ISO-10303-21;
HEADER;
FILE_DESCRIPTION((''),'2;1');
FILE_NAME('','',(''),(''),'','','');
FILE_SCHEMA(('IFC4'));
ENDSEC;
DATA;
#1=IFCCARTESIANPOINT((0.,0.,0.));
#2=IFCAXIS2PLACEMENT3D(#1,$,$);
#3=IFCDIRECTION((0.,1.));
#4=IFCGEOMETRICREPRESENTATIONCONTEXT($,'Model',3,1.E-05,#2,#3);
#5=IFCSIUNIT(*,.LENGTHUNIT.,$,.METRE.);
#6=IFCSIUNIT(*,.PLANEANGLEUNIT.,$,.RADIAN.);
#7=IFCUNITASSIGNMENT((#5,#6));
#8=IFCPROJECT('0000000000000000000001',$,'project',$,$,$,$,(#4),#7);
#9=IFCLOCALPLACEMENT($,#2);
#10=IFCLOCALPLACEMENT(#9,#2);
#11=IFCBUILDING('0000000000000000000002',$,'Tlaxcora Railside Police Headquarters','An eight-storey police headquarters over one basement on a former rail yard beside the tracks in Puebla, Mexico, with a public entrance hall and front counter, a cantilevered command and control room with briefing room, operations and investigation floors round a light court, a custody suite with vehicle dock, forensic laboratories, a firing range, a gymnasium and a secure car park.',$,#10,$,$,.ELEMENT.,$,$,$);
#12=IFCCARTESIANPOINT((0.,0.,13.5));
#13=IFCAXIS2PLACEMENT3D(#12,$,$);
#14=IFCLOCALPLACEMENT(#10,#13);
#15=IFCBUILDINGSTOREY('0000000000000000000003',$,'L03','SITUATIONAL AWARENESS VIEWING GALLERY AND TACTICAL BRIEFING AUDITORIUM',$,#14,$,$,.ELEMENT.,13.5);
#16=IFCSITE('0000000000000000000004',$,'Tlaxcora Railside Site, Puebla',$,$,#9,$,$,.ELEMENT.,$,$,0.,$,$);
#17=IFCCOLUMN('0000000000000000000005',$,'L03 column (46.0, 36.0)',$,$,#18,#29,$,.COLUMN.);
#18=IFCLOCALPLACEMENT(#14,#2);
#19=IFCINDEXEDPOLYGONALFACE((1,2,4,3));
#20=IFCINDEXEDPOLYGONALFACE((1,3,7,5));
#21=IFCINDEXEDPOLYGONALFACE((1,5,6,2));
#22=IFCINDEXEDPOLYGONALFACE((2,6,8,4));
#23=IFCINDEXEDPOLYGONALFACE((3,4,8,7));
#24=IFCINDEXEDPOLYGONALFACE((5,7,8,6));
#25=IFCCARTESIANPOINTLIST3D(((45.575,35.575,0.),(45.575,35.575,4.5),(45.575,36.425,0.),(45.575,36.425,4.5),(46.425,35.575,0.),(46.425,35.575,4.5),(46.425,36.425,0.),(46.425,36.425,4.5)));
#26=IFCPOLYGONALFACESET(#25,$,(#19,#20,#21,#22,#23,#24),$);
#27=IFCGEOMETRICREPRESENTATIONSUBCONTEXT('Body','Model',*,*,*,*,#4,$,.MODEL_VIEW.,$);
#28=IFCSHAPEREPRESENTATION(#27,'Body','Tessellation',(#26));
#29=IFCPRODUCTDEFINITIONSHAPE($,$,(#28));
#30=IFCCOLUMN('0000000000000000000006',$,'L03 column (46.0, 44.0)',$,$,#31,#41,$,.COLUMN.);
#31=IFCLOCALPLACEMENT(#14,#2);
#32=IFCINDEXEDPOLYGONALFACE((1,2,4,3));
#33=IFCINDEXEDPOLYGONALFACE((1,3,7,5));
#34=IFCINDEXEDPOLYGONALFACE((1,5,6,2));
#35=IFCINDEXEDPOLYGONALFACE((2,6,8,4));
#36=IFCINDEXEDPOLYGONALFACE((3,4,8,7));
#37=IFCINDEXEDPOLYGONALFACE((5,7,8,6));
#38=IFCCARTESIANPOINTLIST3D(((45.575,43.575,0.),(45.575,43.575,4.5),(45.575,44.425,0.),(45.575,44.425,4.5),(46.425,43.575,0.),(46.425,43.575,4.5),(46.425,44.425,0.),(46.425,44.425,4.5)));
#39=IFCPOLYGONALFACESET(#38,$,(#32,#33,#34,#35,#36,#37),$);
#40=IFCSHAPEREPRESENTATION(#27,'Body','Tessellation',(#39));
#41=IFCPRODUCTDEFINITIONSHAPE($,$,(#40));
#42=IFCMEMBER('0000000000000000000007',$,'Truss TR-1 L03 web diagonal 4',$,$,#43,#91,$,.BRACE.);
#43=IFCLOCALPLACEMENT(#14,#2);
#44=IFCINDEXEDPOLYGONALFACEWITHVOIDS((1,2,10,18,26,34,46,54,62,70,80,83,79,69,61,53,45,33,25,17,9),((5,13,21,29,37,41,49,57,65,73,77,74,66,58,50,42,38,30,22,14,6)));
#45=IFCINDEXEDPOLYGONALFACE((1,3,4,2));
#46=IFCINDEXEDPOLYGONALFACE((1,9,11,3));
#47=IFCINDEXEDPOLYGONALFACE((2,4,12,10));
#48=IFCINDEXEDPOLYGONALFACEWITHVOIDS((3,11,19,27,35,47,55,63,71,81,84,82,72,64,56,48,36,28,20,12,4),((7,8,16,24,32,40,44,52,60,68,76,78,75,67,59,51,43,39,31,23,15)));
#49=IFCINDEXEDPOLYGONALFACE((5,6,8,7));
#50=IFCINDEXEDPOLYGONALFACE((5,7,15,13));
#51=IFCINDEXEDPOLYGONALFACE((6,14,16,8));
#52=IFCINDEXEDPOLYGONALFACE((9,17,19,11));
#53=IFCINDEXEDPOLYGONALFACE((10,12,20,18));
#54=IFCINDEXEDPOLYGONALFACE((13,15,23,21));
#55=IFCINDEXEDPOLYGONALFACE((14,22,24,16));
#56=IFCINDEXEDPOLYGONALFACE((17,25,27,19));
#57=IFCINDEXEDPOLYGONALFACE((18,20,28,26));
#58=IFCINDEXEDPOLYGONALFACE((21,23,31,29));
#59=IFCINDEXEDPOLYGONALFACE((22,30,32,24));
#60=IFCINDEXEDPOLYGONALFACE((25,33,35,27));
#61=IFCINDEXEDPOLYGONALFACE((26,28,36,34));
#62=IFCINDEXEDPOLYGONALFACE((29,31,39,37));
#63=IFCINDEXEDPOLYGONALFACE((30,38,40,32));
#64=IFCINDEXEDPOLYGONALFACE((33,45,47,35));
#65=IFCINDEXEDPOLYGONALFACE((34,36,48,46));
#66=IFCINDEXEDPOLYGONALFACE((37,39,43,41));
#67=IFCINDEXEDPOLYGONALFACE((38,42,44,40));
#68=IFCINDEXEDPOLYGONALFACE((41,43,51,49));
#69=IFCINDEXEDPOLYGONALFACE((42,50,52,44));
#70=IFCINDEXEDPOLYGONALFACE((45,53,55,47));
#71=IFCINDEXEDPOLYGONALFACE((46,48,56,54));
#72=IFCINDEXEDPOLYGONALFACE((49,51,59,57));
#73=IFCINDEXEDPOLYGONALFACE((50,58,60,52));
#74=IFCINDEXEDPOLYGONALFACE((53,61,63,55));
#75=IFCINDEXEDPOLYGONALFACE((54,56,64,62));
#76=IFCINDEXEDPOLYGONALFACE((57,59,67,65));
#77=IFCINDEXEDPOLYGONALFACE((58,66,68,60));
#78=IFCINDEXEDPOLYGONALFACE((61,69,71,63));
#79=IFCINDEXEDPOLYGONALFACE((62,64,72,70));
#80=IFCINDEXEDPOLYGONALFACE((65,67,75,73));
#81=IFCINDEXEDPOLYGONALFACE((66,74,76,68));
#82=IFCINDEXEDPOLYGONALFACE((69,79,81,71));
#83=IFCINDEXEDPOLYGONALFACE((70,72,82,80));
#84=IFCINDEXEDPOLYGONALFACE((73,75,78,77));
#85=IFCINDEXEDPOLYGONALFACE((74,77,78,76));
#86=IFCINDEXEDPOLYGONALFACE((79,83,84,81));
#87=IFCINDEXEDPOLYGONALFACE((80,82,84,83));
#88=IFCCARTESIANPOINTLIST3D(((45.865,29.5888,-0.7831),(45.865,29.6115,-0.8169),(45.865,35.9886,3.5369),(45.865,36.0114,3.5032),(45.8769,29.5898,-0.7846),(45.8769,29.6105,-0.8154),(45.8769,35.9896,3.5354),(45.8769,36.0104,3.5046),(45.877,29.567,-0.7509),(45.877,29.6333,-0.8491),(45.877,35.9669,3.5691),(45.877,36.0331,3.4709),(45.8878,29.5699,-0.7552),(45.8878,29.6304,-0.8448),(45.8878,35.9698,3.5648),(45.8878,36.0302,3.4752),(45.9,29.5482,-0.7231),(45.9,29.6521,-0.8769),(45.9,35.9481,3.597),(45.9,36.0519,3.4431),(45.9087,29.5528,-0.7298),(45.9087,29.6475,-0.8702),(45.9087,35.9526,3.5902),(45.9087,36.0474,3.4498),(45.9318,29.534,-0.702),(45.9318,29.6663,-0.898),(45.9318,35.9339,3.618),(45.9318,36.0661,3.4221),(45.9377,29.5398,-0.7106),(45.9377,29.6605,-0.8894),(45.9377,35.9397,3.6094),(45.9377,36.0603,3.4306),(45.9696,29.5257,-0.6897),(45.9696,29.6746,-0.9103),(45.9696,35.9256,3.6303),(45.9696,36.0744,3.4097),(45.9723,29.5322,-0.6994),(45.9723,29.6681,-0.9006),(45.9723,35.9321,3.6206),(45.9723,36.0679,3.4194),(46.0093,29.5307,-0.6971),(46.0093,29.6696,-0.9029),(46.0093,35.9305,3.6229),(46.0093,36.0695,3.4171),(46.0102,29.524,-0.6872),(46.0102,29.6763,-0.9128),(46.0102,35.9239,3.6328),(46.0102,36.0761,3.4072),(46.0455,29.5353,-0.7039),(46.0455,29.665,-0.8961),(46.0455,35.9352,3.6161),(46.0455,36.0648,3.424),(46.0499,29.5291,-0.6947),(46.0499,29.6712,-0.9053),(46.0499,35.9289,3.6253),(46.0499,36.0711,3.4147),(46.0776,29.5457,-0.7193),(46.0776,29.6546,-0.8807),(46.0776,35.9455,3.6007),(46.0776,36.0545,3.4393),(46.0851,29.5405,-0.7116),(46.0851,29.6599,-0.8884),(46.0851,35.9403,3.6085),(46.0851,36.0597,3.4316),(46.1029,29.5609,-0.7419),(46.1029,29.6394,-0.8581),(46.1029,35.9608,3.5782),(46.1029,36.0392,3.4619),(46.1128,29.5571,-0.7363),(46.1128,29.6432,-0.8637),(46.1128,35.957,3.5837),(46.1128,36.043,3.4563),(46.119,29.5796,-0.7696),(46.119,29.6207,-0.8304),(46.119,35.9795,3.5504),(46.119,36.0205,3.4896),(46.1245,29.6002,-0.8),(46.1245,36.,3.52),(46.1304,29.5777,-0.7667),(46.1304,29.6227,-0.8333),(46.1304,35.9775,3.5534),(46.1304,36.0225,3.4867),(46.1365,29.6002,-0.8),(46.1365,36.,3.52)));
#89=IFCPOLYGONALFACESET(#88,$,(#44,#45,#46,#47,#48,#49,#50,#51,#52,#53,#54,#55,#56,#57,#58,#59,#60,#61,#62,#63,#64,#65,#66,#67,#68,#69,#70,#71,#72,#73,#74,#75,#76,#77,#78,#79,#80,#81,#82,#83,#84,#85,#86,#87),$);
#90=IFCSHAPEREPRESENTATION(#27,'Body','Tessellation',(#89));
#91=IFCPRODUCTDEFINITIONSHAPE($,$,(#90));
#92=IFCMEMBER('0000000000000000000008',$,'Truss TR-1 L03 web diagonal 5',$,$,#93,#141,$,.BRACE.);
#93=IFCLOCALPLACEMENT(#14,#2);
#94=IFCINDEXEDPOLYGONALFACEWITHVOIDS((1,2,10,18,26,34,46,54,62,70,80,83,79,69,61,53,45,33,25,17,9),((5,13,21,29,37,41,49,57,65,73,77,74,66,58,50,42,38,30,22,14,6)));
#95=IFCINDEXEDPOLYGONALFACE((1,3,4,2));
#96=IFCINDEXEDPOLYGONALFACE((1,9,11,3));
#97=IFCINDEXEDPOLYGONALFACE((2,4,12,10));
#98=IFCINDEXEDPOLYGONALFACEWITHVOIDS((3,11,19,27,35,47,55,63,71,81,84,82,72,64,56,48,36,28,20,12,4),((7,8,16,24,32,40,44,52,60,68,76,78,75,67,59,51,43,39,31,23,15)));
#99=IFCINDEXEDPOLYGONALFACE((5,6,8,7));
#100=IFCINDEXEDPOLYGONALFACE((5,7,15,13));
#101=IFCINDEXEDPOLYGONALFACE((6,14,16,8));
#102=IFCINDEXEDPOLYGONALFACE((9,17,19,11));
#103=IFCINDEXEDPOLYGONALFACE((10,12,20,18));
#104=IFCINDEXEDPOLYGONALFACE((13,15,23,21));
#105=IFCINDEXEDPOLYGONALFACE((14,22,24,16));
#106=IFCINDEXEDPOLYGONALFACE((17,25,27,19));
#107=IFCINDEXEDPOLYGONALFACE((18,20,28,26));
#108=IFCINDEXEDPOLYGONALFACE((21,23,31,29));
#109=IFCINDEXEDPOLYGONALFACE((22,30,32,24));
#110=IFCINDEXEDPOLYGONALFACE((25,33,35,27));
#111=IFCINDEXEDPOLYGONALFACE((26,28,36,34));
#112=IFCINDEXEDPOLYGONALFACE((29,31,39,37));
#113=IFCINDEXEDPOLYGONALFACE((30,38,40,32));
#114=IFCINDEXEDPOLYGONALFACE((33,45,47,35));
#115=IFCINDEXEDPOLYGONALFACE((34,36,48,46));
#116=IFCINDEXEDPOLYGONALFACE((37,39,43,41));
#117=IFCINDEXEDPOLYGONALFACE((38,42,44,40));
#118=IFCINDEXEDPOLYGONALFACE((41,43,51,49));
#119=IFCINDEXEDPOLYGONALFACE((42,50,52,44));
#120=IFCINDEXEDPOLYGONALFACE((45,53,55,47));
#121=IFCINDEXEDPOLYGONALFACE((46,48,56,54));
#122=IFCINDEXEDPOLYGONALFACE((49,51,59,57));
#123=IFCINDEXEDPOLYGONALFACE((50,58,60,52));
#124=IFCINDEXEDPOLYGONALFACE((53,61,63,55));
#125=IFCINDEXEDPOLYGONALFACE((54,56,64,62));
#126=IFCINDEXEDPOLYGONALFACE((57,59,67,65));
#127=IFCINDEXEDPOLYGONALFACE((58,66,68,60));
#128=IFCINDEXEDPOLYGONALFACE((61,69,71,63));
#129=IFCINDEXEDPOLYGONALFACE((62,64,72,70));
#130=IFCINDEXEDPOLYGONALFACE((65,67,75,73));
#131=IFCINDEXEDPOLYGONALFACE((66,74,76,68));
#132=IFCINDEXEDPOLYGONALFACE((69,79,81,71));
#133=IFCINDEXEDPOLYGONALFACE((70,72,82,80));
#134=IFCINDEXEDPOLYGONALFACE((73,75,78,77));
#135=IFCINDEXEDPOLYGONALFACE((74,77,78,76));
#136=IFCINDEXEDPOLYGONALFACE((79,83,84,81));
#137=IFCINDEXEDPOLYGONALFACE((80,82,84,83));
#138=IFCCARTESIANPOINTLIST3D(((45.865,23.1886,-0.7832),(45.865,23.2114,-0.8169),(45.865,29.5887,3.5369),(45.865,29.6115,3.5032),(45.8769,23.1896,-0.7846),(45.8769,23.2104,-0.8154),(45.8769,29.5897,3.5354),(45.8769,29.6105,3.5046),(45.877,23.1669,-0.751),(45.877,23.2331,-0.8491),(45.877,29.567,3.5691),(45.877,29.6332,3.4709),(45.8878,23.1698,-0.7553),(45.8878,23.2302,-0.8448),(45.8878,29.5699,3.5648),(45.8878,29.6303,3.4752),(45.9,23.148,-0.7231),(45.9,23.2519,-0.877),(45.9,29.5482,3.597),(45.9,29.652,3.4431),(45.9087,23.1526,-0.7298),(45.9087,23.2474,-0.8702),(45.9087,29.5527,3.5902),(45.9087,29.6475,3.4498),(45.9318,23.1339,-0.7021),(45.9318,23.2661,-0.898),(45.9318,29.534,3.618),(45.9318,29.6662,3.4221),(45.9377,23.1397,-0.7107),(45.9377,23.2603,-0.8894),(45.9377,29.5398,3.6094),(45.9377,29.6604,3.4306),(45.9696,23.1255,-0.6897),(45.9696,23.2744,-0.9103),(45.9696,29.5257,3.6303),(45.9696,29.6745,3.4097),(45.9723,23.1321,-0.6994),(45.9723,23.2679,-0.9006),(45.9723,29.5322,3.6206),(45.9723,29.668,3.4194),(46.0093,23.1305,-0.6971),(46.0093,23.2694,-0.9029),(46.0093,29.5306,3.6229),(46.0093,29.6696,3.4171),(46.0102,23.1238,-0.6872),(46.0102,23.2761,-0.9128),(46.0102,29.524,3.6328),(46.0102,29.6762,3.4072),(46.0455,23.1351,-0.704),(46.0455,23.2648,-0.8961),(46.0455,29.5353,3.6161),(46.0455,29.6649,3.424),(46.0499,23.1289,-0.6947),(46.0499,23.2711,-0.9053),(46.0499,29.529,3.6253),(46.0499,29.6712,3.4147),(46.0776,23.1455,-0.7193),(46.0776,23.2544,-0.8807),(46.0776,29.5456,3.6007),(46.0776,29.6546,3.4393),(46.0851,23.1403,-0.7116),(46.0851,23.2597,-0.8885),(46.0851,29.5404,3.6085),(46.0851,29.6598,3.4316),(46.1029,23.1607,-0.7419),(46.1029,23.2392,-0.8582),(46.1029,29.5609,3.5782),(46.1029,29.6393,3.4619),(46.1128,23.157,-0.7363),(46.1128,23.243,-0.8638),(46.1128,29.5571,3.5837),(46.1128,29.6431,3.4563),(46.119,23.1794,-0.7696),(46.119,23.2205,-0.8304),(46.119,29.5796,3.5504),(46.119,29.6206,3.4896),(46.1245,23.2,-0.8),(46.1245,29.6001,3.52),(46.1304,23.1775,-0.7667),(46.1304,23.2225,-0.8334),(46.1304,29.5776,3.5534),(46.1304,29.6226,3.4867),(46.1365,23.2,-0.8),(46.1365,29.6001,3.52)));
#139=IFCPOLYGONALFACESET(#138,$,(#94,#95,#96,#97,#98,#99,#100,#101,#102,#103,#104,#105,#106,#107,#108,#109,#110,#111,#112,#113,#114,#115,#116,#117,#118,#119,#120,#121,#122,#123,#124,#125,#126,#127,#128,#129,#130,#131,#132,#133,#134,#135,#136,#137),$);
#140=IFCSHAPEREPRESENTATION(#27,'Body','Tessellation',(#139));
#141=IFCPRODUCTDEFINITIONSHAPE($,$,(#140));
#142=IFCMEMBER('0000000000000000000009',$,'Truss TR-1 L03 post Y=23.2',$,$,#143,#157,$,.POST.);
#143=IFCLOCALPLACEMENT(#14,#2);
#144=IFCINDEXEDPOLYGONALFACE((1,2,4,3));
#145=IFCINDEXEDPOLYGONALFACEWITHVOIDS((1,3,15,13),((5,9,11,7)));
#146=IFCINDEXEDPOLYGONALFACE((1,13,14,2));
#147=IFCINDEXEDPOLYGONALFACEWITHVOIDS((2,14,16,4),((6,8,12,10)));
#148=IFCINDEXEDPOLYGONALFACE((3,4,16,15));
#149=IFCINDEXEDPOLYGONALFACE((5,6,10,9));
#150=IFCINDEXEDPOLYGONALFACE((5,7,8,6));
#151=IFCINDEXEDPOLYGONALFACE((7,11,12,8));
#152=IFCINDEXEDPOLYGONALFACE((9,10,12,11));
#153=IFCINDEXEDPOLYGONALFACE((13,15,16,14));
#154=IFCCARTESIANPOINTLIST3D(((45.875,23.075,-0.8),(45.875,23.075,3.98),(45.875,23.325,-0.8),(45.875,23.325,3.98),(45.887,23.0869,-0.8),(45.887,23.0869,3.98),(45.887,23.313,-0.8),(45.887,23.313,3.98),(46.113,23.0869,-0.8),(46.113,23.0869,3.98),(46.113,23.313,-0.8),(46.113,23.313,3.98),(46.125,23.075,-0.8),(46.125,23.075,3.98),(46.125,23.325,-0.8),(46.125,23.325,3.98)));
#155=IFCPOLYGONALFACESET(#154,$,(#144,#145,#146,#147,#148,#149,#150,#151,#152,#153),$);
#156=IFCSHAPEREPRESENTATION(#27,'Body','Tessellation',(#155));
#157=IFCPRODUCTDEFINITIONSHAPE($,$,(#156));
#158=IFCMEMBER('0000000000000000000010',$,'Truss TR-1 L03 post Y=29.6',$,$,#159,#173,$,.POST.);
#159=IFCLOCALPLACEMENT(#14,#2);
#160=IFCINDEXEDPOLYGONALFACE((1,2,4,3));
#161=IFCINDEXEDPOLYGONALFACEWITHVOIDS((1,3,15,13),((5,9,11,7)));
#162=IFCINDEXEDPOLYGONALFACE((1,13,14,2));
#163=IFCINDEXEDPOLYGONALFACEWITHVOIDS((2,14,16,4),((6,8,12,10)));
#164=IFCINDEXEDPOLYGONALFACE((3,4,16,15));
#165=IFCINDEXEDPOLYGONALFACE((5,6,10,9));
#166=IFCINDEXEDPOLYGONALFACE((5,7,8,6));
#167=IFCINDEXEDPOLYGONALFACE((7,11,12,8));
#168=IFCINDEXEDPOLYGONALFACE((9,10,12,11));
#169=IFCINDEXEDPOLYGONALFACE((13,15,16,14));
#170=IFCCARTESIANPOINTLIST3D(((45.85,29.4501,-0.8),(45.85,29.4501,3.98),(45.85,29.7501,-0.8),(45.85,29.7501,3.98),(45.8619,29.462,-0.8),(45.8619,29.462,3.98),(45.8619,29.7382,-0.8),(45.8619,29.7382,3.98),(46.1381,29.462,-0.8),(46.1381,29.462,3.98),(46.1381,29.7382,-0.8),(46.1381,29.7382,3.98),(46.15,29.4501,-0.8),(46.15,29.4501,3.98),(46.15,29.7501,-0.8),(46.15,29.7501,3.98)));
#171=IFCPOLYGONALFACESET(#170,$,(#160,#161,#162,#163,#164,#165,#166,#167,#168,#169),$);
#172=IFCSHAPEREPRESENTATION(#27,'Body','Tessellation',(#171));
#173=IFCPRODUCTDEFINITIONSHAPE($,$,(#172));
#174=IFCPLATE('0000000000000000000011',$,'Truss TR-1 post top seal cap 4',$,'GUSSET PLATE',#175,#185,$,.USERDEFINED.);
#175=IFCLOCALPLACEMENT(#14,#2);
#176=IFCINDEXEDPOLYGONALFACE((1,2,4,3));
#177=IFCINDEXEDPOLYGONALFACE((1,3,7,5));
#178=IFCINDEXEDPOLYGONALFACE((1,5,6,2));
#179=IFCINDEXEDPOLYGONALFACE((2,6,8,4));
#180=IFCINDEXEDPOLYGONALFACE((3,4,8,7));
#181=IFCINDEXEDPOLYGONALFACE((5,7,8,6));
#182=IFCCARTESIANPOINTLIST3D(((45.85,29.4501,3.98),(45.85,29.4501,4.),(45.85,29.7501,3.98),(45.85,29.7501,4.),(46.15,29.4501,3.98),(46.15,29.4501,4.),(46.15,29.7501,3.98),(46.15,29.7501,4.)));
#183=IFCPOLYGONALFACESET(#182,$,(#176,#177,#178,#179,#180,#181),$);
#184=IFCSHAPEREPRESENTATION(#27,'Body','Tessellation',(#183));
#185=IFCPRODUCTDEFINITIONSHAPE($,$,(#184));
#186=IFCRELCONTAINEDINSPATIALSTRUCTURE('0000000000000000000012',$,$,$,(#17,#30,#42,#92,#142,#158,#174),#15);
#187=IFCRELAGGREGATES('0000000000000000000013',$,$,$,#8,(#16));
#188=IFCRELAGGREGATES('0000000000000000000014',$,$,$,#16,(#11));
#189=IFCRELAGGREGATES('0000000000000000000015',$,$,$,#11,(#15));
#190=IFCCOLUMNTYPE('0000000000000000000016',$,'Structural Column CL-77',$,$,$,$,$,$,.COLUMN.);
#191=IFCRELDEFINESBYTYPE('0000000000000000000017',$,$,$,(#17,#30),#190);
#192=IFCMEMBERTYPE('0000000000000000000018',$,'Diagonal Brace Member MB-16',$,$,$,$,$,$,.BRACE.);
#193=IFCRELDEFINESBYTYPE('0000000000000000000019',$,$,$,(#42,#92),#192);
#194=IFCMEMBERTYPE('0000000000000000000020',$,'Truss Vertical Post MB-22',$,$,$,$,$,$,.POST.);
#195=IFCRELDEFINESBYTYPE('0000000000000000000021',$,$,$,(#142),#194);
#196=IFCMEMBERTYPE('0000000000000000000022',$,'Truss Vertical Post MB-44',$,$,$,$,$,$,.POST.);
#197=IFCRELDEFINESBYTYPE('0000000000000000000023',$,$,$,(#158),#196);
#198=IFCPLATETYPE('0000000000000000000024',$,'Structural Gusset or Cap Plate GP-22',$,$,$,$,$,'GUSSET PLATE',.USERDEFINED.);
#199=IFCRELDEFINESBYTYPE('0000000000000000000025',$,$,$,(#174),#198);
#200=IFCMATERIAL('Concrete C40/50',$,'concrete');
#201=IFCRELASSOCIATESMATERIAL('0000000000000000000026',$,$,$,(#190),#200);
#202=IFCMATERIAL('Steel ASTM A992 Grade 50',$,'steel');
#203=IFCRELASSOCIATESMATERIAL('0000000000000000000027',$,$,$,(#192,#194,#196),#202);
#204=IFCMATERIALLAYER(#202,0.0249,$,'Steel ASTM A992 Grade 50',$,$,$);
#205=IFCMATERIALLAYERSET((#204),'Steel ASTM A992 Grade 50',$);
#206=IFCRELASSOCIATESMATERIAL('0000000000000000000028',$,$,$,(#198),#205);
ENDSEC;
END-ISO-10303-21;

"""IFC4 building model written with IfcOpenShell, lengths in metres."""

from ifc_helpers import new_model, si_unit, direction, frame, origin, origin_2d, place, context, subcontext, project, spatial, rectangle, hollow_rectangle, hollow_circle, extrude, material, layer, layer_set, material_profile, profile_set, type_object, element, save


model = new_model("IFC4")

# Units and contexts
model_context = context("Model", 3, precision=1e-05, world=origin(), true_north=direction((0.0, 1.0)))
body_context = subcontext(model_context, "Body", "Model", "MODEL_VIEW")
ifc_project = project(units=[si_unit("LENGTHUNIT", "METRE"), si_unit("PLANEANGLEUNIT", "RADIAN")], contexts=[model_context])

# Site, building, storey
site_placement = place(None, origin())
site = spatial("IfcSite", under=ifc_project, at=site_placement, Name="Tlaxcora Railside Site, Puebla", CompositionType="ELEMENT", RefElevation=0.0)
building_placement = place(site_placement, origin())
building = spatial("IfcBuilding", under=site, at=building_placement, Name="Tlaxcora Railside Police Headquarters", Description="An eight-storey police headquarters over one basement on a former rail yard beside the tracks in Puebla, Mexico, with a public entrance hall and front counter, a cantilevered command and control room with briefing room, operations and investigation floors round a light court, a custody suite with vehicle dock, forensic laboratories, a firing range, a gymnasium and a secure car park.", CompositionType="ELEMENT")
storey_placement = place(building_placement, frame((0.0, 0.0, 13.5)))
storey = spatial("IfcBuildingStorey", under=building, at=storey_placement, Name="L03", Description="SITUATIONAL AWARENESS VIEWING GALLERY AND TACTICAL BRIEFING AUDITORIUM", CompositionType="ELEMENT", Elevation=13.5)

# Columns
ifc_material_1 = material(Name="Concrete C40/50", Category="concrete")
ifc_material_profile_1 = material_profile(ifc_material_1, rectangle(XDim=0.8501, YDim=0.8501, at=origin_2d()), Name="RC850X850")
ifc_profile_set_1 = profile_set([ifc_material_profile_1], Name="Concrete C40/50")
column_type = type_object("IfcColumnType", Name="Structural Column CL-77", PredefinedType="COLUMN", material=ifc_profile_set_1)
for number, where, z_axis, x_axis, name in (
    (1, (46.0, 36.0, 0.0), (0.0, 0.0, 1.0), (1.0, 0.0, 0.0), "L03 column (46.0, 36.0)"),
    (2, (46.0, 44.0, 0.0), (0.0, 0.0, 1.0), (1.0, 0.0, 0.0), "L03 column (46.0, 44.0)"),
):
    element("IfcColumn", number, at=place(storey_placement, frame(where, z_axis=z_axis, x_axis=x_axis)), inside=storey, type_object=column_type, Name=name, PredefinedType="COLUMN", context=body_context, shape_type="SweptSolid", body=[
        extrude(rectangle(XDim=0.8501, YDim=0.8501, at=origin_2d()), origin(), (0.0, 0.0, 1.0), 4.5),
    ])

# Members
ifc_material_2 = material(Name="Steel ASTM A992 Grade 50", Category="steel")
ifc_material_profile_2 = material_profile(ifc_material_2, hollow_circle(Radius=0.1365, WallThickness=0.012, at=origin_2d()), Name="CHS273X12")
ifc_profile_set_2 = profile_set([ifc_material_profile_2], Name="Steel ASTM A992 Grade 50")
member_type_1 = type_object("IfcMemberType", Name="Diagonal Brace Member MB-16", PredefinedType="BRACE", material=ifc_profile_set_2)
member_1_placement = place(storey_placement, frame((46.0, 36.0, 3.52), z_axis=(0.0, -0.828841, -0.559485), x_axis=(1.0, 0.0, 0.0)))
element("IfcMember", 3, at=member_1_placement, inside=storey, type_object=member_type_1, Name="Truss TR-1 L03 web diagonal 4", PredefinedType="BRACE", context=body_context, shape_type="SweptSolid", body=[
    extrude(hollow_circle(Radius=0.1365, WallThickness=0.012, at=origin_2d()), origin(), (0.0, 0.0, 1.0), 7.7214),
])
member_2_placement = place(storey_placement, frame((46.0, 29.6001, 3.52), z_axis=(0.0, -0.828851, -0.55947), x_axis=(1.0, 0.0, 0.0)))
element("IfcMember", 4, at=member_2_placement, inside=storey, type_object=member_type_1, Name="Truss TR-1 L03 web diagonal 5", PredefinedType="BRACE", context=body_context, shape_type="SweptSolid", body=[
    extrude(hollow_circle(Radius=0.1365, WallThickness=0.012, at=origin_2d()), origin(), (0.0, 0.0, 1.0), 7.7217),
])
ifc_material_profile_3 = material_profile(ifc_material_2, hollow_rectangle(XDim=0.25, YDim=0.25, WallThickness=0.012, at=origin_2d()), Name="HSS250X250X12")
ifc_profile_set_3 = profile_set([ifc_material_profile_3], Name="Steel ASTM A992 Grade 50")
member_type_2 = type_object("IfcMemberType", Name="Truss Vertical Post MB-22", PredefinedType="POST", material=ifc_profile_set_3)
member_3_placement = place(storey_placement, frame((46.0, 23.2, -0.8), z_axis=(0.0, 0.0, 1.0), x_axis=(1.0, 0.0, 0.0)))
element("IfcMember", 5, at=member_3_placement, inside=storey, type_object=member_type_2, Name="Truss TR-1 L03 post Y=23.2", PredefinedType="POST", context=body_context, shape_type="SweptSolid", body=[
    extrude(hollow_rectangle(XDim=0.25, YDim=0.25, WallThickness=0.012, at=origin_2d()), origin(), (0.0, 0.0, 1.0), 4.78),
])
ifc_material_profile_4 = material_profile(ifc_material_2, hollow_rectangle(XDim=0.3, YDim=0.3, WallThickness=0.012, at=origin_2d()), Name="HSS300X300X12")
ifc_profile_set_4 = profile_set([ifc_material_profile_4], Name="Steel ASTM A992 Grade 50")
member_type_3 = type_object("IfcMemberType", Name="Truss Vertical Post MB-44", PredefinedType="POST", material=ifc_profile_set_4)
member_4_placement = place(storey_placement, frame((46.0, 29.6001, -0.8), z_axis=(0.0, 0.0, 1.0), x_axis=(1.0, 0.0, 0.0)))
element("IfcMember", 6, at=member_4_placement, inside=storey, type_object=member_type_3, Name="Truss TR-1 L03 post Y=29.6", PredefinedType="POST", context=body_context, shape_type="SweptSolid", body=[
    extrude(hollow_rectangle(XDim=0.3, YDim=0.3, WallThickness=0.012, at=origin_2d()), origin(), (0.0, 0.0, 1.0), 4.78),
])

# Plate
ifc_layer_1 = layer(ifc_material_2, 0.0249, Name="Steel ASTM A992 Grade 50")
ifc_layer_set_1 = layer_set([ifc_layer_1], Name="Steel ASTM A992 Grade 50")
plate_type_1 = type_object("IfcPlateType", Name="Structural Gusset or Cap Plate GP-22", ElementType="GUSSET PLATE", PredefinedType="USERDEFINED", material=ifc_layer_set_1)
plate_1_placement = place(storey_placement, frame((46.0, 29.6001, 3.98), z_axis=(0.0, 0.0, 1.0), x_axis=(1.0, 0.0, 0.0)))
element("IfcPlate", 7, at=plate_1_placement, inside=storey, type_object=plate_type_1, Name="Truss TR-1 post top seal cap 4", ObjectType="GUSSET PLATE", PredefinedType="USERDEFINED", context=body_context, shape_type="SweptSolid", body=[
    extrude(rectangle(XDim=0.3, YDim=0.3, at=origin_2d()), origin(), (0.0, 0.0, 1.0), 0.02),
])

save(model, "model.ifc")
